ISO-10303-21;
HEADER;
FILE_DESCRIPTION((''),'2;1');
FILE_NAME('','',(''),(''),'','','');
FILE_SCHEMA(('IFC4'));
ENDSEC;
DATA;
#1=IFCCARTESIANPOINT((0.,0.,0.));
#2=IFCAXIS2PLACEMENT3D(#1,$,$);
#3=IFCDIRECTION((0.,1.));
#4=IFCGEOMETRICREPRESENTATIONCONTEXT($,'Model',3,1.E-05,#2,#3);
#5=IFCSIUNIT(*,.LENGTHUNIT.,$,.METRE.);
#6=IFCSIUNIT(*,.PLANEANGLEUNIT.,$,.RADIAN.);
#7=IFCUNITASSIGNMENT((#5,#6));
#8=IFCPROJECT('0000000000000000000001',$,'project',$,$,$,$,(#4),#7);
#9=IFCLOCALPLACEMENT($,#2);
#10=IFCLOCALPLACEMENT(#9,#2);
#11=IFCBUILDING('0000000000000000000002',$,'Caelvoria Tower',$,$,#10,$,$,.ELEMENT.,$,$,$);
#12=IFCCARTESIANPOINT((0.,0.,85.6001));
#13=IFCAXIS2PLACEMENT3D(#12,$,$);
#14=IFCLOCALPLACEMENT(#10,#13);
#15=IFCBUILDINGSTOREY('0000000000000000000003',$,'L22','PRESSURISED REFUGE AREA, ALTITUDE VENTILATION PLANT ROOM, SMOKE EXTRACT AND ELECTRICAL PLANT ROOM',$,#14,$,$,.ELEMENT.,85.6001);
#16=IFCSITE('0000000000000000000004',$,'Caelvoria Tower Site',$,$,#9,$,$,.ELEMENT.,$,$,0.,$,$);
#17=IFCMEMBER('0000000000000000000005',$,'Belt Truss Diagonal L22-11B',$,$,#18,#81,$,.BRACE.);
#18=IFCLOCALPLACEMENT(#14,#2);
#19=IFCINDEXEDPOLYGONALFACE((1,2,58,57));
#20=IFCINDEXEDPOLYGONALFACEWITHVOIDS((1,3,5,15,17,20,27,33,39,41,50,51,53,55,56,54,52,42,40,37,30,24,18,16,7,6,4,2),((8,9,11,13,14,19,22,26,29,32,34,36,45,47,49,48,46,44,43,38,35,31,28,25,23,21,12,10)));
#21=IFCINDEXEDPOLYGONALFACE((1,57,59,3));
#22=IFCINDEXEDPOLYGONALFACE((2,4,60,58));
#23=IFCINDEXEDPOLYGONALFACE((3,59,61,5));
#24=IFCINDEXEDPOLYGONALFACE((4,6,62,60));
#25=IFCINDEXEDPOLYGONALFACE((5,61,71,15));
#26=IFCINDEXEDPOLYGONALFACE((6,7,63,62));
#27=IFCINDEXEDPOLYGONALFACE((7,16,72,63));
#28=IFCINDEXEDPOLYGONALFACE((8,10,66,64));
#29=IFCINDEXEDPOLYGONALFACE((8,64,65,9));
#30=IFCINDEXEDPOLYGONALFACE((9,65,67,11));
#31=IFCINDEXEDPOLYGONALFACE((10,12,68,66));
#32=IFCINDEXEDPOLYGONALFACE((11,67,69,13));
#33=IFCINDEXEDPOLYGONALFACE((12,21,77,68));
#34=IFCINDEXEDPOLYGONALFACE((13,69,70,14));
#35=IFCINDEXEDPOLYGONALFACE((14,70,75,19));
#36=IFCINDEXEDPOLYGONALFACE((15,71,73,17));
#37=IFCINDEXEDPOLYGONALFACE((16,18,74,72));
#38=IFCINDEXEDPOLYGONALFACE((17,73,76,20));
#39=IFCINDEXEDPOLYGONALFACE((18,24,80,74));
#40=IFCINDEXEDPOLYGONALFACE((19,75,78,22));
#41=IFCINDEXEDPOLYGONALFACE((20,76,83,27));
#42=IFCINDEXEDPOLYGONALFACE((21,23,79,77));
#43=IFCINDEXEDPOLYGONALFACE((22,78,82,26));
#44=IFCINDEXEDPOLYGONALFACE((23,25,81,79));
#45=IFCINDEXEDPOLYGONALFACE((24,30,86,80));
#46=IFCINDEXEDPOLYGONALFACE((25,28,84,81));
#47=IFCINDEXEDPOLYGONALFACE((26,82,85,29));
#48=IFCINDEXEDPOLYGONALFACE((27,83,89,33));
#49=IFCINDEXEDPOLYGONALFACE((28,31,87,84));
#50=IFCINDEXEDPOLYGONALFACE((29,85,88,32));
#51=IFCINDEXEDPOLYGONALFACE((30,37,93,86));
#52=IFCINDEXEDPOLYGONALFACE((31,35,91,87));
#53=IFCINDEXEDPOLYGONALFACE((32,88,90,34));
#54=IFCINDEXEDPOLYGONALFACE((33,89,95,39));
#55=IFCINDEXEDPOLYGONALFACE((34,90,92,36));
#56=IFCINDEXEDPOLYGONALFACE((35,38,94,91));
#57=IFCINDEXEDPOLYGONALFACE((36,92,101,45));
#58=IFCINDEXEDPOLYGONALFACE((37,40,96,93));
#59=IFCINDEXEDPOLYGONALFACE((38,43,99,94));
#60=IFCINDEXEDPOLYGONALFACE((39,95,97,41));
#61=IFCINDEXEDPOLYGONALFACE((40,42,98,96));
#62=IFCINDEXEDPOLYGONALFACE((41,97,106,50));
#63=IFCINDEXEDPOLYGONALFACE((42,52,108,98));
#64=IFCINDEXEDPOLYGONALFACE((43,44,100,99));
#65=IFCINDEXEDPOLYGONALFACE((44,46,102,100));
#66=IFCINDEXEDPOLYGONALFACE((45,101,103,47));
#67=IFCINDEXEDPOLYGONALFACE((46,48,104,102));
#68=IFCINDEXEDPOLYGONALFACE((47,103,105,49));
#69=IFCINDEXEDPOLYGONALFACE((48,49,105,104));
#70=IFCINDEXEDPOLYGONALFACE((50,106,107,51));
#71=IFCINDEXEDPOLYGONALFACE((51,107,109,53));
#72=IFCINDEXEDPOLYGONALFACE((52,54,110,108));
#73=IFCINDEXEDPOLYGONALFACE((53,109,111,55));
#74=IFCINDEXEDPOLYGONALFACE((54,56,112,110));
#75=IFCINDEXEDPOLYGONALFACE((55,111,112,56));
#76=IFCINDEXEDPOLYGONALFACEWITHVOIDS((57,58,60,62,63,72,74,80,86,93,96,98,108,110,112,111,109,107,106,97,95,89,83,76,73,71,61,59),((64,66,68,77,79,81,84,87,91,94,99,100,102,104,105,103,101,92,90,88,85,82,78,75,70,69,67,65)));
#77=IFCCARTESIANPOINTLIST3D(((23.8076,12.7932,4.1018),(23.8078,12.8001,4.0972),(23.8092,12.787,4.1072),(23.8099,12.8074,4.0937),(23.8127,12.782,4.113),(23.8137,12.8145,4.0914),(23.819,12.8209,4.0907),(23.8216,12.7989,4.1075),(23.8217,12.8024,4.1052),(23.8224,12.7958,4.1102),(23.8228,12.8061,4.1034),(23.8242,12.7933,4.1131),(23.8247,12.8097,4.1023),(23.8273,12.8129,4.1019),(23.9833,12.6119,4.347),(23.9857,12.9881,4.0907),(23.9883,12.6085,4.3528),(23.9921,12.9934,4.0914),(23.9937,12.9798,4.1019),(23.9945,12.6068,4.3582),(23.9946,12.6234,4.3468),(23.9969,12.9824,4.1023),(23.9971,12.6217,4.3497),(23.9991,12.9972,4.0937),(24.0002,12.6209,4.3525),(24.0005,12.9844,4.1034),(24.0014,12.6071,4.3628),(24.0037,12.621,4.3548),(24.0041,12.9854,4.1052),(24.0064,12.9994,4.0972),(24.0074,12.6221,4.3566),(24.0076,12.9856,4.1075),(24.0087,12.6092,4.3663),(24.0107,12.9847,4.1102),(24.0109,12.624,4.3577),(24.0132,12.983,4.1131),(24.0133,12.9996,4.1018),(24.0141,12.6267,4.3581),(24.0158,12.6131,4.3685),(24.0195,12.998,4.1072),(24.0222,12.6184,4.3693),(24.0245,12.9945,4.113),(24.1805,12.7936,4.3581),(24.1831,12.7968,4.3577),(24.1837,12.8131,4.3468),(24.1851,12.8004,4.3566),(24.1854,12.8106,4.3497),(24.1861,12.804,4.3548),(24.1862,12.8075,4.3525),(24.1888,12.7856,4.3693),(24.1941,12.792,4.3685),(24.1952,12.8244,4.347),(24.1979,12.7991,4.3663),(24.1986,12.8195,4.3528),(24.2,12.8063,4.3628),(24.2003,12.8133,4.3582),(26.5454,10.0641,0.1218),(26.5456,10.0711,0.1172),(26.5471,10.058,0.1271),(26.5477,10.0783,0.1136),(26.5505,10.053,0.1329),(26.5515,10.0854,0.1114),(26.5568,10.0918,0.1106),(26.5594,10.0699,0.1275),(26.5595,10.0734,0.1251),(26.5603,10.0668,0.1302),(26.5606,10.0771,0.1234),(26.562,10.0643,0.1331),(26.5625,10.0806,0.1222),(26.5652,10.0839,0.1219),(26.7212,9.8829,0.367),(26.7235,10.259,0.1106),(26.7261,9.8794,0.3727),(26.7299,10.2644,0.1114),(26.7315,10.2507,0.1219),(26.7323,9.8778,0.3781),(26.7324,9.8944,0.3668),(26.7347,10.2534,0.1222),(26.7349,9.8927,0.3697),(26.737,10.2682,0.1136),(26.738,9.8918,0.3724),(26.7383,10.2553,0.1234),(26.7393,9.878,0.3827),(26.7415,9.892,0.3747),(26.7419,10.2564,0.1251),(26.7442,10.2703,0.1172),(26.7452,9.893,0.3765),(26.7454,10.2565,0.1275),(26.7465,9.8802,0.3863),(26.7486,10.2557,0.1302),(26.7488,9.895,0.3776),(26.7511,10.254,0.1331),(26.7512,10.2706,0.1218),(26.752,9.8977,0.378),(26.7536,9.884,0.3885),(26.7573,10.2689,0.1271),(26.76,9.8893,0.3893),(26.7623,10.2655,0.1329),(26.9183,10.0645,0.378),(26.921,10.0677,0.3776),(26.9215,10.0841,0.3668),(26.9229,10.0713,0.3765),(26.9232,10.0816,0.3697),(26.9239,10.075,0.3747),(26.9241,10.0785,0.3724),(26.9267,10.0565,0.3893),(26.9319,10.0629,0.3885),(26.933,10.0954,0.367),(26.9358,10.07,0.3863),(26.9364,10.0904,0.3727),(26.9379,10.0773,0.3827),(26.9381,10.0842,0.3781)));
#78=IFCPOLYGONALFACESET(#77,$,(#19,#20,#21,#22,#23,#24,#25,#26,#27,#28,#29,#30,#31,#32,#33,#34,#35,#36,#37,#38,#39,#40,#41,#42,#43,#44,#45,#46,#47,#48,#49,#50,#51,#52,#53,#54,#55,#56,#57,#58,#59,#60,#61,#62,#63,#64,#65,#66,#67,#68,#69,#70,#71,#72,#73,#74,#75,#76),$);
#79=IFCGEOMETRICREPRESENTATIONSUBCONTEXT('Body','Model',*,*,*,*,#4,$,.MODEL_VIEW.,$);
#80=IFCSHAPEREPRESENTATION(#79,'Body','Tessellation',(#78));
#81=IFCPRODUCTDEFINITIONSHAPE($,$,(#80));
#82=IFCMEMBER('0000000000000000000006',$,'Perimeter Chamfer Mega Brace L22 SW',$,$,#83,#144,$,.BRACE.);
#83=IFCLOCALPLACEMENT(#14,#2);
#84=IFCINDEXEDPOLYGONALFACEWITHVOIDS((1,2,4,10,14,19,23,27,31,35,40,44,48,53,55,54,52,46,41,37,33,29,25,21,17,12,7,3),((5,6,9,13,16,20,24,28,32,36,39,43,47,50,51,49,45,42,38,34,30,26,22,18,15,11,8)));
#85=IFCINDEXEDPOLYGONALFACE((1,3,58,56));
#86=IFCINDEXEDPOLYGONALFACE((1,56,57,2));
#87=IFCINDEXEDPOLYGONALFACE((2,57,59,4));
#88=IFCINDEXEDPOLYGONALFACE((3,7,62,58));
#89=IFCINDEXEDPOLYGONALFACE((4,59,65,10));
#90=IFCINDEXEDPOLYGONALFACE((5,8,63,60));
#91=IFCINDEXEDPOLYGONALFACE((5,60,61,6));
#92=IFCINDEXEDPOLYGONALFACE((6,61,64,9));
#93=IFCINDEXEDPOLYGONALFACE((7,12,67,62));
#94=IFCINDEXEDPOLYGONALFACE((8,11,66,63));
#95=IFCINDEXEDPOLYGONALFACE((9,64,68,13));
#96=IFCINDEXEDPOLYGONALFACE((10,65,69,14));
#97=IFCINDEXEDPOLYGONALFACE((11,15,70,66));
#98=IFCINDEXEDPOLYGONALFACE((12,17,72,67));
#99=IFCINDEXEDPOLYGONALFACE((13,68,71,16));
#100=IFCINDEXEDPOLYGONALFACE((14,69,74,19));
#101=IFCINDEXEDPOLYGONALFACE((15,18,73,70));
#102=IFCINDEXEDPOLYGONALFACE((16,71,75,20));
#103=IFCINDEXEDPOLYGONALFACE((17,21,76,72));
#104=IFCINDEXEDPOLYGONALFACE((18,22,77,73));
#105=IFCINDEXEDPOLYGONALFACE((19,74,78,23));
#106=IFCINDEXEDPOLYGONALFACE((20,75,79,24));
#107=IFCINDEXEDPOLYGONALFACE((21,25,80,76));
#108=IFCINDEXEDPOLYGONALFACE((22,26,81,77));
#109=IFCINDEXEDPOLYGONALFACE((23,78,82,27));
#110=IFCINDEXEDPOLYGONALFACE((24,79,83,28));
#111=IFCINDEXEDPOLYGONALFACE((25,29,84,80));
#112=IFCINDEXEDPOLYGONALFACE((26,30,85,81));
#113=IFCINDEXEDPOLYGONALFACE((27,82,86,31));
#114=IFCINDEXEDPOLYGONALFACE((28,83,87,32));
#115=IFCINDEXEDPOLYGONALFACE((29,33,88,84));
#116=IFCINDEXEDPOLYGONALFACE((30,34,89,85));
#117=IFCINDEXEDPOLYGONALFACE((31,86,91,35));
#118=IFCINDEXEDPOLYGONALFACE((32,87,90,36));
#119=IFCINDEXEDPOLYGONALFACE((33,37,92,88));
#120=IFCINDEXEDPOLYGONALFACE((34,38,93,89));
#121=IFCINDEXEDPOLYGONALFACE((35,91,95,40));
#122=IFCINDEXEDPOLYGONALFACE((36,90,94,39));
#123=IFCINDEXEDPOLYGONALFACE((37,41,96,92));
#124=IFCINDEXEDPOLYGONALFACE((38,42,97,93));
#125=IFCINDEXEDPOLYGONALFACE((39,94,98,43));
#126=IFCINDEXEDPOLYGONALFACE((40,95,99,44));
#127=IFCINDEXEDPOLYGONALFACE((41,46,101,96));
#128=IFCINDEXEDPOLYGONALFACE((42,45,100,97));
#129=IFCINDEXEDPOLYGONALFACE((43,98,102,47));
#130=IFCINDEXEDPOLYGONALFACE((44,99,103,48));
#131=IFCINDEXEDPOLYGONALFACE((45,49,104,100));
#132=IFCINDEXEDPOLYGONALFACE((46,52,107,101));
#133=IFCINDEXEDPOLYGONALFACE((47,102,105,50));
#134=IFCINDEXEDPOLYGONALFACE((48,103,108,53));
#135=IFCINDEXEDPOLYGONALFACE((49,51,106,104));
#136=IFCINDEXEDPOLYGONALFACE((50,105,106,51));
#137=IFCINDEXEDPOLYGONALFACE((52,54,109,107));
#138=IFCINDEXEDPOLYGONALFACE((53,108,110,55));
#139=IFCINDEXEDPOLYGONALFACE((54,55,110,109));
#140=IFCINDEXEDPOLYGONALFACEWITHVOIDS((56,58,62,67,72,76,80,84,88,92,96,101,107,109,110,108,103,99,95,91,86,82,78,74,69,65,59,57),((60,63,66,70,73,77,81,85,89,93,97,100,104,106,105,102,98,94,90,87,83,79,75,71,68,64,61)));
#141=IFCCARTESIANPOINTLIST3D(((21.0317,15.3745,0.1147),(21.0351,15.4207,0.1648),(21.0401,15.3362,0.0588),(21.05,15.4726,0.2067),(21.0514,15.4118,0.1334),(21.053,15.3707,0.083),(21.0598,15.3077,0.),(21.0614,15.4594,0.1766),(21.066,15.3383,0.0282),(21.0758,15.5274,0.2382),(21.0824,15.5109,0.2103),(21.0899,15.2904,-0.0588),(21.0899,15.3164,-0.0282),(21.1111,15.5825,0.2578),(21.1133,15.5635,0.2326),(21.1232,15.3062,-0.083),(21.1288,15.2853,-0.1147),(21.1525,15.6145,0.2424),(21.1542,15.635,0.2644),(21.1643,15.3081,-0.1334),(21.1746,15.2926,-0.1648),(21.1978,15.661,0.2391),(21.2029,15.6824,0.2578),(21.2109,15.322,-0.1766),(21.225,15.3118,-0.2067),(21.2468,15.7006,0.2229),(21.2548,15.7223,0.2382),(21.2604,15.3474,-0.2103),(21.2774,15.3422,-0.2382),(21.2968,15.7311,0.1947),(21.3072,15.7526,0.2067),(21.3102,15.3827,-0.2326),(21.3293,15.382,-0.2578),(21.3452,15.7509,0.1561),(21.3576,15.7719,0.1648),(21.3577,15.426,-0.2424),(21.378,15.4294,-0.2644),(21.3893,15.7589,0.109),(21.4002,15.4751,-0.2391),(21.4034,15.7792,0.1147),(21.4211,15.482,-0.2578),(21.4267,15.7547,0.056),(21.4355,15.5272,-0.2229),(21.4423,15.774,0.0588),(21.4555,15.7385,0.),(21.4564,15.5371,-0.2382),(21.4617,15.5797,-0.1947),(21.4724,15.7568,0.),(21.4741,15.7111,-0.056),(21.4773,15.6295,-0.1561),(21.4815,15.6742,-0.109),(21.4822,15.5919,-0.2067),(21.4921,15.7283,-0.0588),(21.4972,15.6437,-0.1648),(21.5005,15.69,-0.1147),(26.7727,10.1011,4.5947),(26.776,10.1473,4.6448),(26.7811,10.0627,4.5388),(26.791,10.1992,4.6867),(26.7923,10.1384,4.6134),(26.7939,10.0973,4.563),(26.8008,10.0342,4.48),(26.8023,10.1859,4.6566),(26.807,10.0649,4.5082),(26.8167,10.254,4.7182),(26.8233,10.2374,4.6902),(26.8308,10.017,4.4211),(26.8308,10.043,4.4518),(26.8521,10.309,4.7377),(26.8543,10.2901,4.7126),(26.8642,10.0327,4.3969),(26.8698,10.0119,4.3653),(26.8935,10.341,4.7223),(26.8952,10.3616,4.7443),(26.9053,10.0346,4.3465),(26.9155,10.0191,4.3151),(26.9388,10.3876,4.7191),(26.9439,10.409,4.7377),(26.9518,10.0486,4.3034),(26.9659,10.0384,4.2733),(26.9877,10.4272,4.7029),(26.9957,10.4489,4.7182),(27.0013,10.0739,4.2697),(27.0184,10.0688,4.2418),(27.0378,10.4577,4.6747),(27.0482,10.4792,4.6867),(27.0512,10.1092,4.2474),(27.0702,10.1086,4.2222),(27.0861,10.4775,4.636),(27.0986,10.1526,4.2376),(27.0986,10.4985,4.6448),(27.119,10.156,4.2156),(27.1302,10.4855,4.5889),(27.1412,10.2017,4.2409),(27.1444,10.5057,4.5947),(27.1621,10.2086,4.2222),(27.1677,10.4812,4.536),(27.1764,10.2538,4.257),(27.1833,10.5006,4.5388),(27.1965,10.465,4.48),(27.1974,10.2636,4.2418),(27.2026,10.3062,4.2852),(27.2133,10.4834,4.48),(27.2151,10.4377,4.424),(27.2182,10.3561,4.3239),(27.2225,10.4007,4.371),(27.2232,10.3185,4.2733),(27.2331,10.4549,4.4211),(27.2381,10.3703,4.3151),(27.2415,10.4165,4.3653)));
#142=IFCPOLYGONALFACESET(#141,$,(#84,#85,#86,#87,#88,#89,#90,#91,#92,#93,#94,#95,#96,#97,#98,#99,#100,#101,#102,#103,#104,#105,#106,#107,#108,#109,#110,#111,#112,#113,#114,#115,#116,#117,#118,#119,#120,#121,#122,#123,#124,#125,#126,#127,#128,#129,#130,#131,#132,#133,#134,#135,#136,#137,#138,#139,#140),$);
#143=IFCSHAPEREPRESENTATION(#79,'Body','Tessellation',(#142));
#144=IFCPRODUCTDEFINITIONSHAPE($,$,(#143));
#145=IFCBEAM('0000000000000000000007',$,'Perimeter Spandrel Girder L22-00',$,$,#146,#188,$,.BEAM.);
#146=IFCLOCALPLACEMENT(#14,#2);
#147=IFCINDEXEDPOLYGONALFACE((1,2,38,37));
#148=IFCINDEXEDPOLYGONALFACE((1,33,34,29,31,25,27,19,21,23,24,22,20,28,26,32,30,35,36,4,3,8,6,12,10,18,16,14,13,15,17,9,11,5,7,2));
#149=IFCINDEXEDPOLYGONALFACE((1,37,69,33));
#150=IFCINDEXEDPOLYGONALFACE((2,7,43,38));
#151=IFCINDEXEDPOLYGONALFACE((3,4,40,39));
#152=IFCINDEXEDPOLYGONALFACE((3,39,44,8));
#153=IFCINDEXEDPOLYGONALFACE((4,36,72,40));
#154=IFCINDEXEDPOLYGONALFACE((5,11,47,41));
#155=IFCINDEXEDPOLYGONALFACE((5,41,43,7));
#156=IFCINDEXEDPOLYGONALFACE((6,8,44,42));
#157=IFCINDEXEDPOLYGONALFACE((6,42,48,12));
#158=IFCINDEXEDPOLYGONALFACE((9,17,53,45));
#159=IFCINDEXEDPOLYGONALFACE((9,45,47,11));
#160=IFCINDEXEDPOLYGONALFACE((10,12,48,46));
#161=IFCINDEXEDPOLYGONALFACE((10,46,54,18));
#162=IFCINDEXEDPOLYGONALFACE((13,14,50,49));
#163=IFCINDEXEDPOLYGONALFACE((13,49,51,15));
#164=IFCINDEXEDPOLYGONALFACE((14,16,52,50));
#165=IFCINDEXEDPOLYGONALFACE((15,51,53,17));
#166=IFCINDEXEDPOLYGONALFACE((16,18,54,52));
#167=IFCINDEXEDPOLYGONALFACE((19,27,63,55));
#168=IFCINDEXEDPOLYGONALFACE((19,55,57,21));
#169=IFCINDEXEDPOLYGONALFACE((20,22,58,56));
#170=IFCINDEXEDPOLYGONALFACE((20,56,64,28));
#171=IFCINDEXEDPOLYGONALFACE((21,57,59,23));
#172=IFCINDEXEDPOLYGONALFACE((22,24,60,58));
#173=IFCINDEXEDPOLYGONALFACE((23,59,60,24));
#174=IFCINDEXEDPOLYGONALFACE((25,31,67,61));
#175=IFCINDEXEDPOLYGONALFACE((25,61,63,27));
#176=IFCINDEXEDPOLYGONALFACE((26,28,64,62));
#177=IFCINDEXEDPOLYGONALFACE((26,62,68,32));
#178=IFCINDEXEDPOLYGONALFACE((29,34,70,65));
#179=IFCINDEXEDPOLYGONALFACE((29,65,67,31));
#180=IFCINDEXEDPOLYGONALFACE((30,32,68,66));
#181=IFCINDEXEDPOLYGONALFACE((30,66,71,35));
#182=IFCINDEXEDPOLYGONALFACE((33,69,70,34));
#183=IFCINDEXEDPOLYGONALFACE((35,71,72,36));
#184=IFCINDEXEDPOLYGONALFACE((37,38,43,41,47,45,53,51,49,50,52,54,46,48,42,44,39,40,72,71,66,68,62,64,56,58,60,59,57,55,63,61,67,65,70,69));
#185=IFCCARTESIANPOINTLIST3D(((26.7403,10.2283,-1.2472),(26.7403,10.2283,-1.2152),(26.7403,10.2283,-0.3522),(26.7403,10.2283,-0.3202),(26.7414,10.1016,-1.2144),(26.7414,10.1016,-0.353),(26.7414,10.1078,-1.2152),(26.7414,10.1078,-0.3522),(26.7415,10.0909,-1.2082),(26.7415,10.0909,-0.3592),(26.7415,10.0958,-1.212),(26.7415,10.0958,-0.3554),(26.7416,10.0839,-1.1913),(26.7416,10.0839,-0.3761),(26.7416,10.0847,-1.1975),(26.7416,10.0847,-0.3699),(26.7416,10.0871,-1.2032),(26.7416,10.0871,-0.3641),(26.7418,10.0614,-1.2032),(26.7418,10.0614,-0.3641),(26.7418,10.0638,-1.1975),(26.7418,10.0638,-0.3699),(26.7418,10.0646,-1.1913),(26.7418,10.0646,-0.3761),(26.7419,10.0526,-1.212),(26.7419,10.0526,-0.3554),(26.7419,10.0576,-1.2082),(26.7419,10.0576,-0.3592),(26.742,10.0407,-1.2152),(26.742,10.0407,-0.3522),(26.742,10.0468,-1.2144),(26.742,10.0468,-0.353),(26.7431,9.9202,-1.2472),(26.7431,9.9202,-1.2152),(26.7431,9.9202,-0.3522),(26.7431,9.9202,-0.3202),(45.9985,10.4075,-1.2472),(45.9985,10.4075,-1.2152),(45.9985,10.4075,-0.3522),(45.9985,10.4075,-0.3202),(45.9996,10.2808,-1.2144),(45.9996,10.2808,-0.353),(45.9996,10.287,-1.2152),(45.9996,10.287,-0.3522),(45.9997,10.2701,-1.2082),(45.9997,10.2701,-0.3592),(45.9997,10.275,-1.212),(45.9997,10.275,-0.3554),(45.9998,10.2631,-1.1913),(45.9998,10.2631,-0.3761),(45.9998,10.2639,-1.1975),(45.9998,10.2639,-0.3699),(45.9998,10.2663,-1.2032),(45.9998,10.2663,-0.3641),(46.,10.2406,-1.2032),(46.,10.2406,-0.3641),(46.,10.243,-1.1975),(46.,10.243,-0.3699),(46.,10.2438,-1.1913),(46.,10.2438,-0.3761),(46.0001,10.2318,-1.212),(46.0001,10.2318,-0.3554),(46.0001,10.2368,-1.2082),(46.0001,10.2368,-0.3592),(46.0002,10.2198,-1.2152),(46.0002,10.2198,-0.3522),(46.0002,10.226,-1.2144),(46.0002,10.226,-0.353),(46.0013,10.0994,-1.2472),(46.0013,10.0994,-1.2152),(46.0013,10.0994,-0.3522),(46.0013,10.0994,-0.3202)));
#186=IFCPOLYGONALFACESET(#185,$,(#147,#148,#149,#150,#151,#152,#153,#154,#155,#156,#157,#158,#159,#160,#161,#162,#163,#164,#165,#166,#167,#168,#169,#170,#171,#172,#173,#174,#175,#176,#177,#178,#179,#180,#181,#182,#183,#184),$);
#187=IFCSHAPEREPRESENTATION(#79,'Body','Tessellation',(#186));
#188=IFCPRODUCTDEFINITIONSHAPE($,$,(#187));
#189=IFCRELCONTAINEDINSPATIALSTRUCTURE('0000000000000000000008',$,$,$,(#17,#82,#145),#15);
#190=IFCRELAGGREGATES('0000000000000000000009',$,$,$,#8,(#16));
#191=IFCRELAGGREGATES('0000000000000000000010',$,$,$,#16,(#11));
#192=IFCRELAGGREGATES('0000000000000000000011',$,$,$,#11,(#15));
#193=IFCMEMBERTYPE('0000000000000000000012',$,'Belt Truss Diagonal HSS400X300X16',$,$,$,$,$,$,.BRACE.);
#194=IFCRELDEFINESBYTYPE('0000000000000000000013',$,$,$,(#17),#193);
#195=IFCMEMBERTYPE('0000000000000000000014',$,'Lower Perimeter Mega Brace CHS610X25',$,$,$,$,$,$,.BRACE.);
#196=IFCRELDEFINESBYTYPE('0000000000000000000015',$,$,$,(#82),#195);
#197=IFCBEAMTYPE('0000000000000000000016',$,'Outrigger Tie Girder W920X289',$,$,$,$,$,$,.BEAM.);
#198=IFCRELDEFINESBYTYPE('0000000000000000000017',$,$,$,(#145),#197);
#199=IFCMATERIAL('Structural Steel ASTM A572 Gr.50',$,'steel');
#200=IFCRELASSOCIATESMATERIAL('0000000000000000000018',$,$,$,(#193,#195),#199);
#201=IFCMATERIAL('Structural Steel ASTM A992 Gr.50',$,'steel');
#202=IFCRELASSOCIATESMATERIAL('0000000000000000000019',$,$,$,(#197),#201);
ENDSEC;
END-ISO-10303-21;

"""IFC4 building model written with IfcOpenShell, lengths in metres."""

from ifc_helpers import new_model, si_unit, direction, frame, origin, origin_2d, place, context, subcontext, project, spatial, hollow_rectangle, hollow_circle, i_section, extrude, material, material_profile, profile_set, type_object, element, save


model = new_model("IFC4")

# Units and contexts
model_context = context("Model", 3, precision=1e-05, world=origin(), true_north=direction((0.0, 1.0)))
body_context = subcontext(model_context, "Body", "Model", "MODEL_VIEW")
ifc_project = project(units=[si_unit("LENGTHUNIT", "METRE"), si_unit("PLANEANGLEUNIT", "RADIAN")], contexts=[model_context])

# Site, building, storey
site_placement = place(None, origin())
site = spatial("IfcSite", under=ifc_project, at=site_placement, Name="Caelvoria Tower Site", CompositionType="ELEMENT", RefElevation=0.0)
building_placement = place(site_placement, origin())
building = spatial("IfcBuilding", under=site, at=building_placement, Name="Caelvoria Tower", CompositionType="ELEMENT")
storey_placement = place(building_placement, frame((0.0, 0.0, 85.6001)))
storey = spatial("IfcBuildingStorey", under=building, at=storey_placement, Name="L22", Description="PRESSURISED REFUGE AREA, ALTITUDE VENTILATION PLANT ROOM, SMOKE EXTRACT AND ELECTRICAL PLANT ROOM", CompositionType="ELEMENT", Elevation=85.6001)

# Shared definitions
ifc_material_1 = material(Name="Structural Steel ASTM A572 Gr.50", Category="steel")

# Members
ifc_material_profile_1 = material_profile(ifc_material_1, hollow_rectangle(XDim=0.3, YDim=0.3999, WallThickness=0.0161, InnerFilletRadius=0.0161, OuterFilletRadius=0.032, at=origin_2d()), Name="Structural Steel ASTM A572 Gr.50")
ifc_profile_set_1 = profile_set([ifc_material_profile_1], Name="HSS400X300X16 - Structural Steel ASTM A572 Gr.50")
member_type_1 = type_object("IfcMemberType", Name="Belt Truss Diagonal HSS400X300X16", PredefinedType="BRACE", material=ifc_profile_set_1)
for number, where, z_axis, x_axis, name in (
    (1, (24.0039, 12.8032, 4.23), (0.493451, -0.491866, -0.717338), (0.705969, 0.708243, 0.0), "Belt Truss Diagonal L22-11B"),
):
    element("IfcMember", number, at=place(storey_placement, frame(where, z_axis=z_axis, x_axis=x_axis)), inside=storey, type_object=member_type_1, Name=name, PredefinedType="BRACE", context=body_context, shape_type="SweptSolid", body=[
        extrude(hollow_rectangle(XDim=0.3, YDim=0.3999, WallThickness=0.0161, InnerFilletRadius=0.0161, OuterFilletRadius=0.032, at=origin_2d()), origin(), (0.0, 0.0, 1.0), 5.5483),
    ])
ifc_material_profile_2 = material_profile(ifc_material_1, hollow_circle(Radius=0.3049, WallThickness=0.0249, at=origin_2d()), Name="Structural Steel ASTM A572 Gr.50")
ifc_profile_set_2 = profile_set([ifc_material_profile_2], Name="CHS610X25 - Structural Steel ASTM A572 Gr.50")
member_type_2 = type_object("IfcMemberType", Name="Lower Perimeter Mega Brace CHS610X25", PredefinedType="BRACE", material=ifc_profile_set_2)
member_1_placement = place(storey_placement, frame((21.2661, 15.5322, 0.0), z_axis=(0.638524, -0.586524, 0.498274), x_axis=(0.676483, 0.736458, 0.0)))
element("IfcMember", 2, at=member_1_placement, inside=storey, type_object=member_type_2, Name="Perimeter Chamfer Mega Brace L22 SW", PredefinedType="BRACE", context=body_context, shape_type="SweptSolid", body=[
    extrude(hollow_circle(Radius=0.3049, WallThickness=0.0249, at=origin_2d()), origin(), (0.0, 0.0, 1.0), 8.991),
])

# Beam
ifc_material_2 = material(Name="Structural Steel ASTM A992 Gr.50", Category="steel")
ifc_material_profile_3 = material_profile(ifc_material_2, i_section(OverallWidth=0.3081, OverallDepth=0.927, WebThickness=0.0193, FlangeThickness=0.032, FilletRadius=0.0239, at=origin_2d()), Name="Structural Steel ASTM A992 Gr.50")
ifc_profile_set_3 = profile_set([ifc_material_profile_3], Name="W920X289 - Structural Steel ASTM A992 Gr.50")
beam_type_1 = type_object("IfcBeamType", Name="Outrigger Tie Girder W920X289", PredefinedType="BEAM", material=ifc_profile_set_3)
beam_1_placement = place(storey_placement, frame((26.7417, 10.0742, -0.7837), z_axis=(0.999957, 0.009305, 0.0), x_axis=(-0.009305, 0.999957, 0.0)))
element("IfcBeam", 3, at=beam_1_placement, inside=storey, type_object=beam_type_1, Name="Perimeter Spandrel Girder L22-00", PredefinedType="BEAM", context=body_context, shape_type="SweptSolid", body=[
    extrude(i_section(OverallWidth=0.3081, OverallDepth=0.927, WebThickness=0.0193, FlangeThickness=0.032, FilletRadius=0.0239, at=origin_2d()), origin(), (0.0, 0.0, 1.0), 19.259),
])

save(model, "model.ifc")
